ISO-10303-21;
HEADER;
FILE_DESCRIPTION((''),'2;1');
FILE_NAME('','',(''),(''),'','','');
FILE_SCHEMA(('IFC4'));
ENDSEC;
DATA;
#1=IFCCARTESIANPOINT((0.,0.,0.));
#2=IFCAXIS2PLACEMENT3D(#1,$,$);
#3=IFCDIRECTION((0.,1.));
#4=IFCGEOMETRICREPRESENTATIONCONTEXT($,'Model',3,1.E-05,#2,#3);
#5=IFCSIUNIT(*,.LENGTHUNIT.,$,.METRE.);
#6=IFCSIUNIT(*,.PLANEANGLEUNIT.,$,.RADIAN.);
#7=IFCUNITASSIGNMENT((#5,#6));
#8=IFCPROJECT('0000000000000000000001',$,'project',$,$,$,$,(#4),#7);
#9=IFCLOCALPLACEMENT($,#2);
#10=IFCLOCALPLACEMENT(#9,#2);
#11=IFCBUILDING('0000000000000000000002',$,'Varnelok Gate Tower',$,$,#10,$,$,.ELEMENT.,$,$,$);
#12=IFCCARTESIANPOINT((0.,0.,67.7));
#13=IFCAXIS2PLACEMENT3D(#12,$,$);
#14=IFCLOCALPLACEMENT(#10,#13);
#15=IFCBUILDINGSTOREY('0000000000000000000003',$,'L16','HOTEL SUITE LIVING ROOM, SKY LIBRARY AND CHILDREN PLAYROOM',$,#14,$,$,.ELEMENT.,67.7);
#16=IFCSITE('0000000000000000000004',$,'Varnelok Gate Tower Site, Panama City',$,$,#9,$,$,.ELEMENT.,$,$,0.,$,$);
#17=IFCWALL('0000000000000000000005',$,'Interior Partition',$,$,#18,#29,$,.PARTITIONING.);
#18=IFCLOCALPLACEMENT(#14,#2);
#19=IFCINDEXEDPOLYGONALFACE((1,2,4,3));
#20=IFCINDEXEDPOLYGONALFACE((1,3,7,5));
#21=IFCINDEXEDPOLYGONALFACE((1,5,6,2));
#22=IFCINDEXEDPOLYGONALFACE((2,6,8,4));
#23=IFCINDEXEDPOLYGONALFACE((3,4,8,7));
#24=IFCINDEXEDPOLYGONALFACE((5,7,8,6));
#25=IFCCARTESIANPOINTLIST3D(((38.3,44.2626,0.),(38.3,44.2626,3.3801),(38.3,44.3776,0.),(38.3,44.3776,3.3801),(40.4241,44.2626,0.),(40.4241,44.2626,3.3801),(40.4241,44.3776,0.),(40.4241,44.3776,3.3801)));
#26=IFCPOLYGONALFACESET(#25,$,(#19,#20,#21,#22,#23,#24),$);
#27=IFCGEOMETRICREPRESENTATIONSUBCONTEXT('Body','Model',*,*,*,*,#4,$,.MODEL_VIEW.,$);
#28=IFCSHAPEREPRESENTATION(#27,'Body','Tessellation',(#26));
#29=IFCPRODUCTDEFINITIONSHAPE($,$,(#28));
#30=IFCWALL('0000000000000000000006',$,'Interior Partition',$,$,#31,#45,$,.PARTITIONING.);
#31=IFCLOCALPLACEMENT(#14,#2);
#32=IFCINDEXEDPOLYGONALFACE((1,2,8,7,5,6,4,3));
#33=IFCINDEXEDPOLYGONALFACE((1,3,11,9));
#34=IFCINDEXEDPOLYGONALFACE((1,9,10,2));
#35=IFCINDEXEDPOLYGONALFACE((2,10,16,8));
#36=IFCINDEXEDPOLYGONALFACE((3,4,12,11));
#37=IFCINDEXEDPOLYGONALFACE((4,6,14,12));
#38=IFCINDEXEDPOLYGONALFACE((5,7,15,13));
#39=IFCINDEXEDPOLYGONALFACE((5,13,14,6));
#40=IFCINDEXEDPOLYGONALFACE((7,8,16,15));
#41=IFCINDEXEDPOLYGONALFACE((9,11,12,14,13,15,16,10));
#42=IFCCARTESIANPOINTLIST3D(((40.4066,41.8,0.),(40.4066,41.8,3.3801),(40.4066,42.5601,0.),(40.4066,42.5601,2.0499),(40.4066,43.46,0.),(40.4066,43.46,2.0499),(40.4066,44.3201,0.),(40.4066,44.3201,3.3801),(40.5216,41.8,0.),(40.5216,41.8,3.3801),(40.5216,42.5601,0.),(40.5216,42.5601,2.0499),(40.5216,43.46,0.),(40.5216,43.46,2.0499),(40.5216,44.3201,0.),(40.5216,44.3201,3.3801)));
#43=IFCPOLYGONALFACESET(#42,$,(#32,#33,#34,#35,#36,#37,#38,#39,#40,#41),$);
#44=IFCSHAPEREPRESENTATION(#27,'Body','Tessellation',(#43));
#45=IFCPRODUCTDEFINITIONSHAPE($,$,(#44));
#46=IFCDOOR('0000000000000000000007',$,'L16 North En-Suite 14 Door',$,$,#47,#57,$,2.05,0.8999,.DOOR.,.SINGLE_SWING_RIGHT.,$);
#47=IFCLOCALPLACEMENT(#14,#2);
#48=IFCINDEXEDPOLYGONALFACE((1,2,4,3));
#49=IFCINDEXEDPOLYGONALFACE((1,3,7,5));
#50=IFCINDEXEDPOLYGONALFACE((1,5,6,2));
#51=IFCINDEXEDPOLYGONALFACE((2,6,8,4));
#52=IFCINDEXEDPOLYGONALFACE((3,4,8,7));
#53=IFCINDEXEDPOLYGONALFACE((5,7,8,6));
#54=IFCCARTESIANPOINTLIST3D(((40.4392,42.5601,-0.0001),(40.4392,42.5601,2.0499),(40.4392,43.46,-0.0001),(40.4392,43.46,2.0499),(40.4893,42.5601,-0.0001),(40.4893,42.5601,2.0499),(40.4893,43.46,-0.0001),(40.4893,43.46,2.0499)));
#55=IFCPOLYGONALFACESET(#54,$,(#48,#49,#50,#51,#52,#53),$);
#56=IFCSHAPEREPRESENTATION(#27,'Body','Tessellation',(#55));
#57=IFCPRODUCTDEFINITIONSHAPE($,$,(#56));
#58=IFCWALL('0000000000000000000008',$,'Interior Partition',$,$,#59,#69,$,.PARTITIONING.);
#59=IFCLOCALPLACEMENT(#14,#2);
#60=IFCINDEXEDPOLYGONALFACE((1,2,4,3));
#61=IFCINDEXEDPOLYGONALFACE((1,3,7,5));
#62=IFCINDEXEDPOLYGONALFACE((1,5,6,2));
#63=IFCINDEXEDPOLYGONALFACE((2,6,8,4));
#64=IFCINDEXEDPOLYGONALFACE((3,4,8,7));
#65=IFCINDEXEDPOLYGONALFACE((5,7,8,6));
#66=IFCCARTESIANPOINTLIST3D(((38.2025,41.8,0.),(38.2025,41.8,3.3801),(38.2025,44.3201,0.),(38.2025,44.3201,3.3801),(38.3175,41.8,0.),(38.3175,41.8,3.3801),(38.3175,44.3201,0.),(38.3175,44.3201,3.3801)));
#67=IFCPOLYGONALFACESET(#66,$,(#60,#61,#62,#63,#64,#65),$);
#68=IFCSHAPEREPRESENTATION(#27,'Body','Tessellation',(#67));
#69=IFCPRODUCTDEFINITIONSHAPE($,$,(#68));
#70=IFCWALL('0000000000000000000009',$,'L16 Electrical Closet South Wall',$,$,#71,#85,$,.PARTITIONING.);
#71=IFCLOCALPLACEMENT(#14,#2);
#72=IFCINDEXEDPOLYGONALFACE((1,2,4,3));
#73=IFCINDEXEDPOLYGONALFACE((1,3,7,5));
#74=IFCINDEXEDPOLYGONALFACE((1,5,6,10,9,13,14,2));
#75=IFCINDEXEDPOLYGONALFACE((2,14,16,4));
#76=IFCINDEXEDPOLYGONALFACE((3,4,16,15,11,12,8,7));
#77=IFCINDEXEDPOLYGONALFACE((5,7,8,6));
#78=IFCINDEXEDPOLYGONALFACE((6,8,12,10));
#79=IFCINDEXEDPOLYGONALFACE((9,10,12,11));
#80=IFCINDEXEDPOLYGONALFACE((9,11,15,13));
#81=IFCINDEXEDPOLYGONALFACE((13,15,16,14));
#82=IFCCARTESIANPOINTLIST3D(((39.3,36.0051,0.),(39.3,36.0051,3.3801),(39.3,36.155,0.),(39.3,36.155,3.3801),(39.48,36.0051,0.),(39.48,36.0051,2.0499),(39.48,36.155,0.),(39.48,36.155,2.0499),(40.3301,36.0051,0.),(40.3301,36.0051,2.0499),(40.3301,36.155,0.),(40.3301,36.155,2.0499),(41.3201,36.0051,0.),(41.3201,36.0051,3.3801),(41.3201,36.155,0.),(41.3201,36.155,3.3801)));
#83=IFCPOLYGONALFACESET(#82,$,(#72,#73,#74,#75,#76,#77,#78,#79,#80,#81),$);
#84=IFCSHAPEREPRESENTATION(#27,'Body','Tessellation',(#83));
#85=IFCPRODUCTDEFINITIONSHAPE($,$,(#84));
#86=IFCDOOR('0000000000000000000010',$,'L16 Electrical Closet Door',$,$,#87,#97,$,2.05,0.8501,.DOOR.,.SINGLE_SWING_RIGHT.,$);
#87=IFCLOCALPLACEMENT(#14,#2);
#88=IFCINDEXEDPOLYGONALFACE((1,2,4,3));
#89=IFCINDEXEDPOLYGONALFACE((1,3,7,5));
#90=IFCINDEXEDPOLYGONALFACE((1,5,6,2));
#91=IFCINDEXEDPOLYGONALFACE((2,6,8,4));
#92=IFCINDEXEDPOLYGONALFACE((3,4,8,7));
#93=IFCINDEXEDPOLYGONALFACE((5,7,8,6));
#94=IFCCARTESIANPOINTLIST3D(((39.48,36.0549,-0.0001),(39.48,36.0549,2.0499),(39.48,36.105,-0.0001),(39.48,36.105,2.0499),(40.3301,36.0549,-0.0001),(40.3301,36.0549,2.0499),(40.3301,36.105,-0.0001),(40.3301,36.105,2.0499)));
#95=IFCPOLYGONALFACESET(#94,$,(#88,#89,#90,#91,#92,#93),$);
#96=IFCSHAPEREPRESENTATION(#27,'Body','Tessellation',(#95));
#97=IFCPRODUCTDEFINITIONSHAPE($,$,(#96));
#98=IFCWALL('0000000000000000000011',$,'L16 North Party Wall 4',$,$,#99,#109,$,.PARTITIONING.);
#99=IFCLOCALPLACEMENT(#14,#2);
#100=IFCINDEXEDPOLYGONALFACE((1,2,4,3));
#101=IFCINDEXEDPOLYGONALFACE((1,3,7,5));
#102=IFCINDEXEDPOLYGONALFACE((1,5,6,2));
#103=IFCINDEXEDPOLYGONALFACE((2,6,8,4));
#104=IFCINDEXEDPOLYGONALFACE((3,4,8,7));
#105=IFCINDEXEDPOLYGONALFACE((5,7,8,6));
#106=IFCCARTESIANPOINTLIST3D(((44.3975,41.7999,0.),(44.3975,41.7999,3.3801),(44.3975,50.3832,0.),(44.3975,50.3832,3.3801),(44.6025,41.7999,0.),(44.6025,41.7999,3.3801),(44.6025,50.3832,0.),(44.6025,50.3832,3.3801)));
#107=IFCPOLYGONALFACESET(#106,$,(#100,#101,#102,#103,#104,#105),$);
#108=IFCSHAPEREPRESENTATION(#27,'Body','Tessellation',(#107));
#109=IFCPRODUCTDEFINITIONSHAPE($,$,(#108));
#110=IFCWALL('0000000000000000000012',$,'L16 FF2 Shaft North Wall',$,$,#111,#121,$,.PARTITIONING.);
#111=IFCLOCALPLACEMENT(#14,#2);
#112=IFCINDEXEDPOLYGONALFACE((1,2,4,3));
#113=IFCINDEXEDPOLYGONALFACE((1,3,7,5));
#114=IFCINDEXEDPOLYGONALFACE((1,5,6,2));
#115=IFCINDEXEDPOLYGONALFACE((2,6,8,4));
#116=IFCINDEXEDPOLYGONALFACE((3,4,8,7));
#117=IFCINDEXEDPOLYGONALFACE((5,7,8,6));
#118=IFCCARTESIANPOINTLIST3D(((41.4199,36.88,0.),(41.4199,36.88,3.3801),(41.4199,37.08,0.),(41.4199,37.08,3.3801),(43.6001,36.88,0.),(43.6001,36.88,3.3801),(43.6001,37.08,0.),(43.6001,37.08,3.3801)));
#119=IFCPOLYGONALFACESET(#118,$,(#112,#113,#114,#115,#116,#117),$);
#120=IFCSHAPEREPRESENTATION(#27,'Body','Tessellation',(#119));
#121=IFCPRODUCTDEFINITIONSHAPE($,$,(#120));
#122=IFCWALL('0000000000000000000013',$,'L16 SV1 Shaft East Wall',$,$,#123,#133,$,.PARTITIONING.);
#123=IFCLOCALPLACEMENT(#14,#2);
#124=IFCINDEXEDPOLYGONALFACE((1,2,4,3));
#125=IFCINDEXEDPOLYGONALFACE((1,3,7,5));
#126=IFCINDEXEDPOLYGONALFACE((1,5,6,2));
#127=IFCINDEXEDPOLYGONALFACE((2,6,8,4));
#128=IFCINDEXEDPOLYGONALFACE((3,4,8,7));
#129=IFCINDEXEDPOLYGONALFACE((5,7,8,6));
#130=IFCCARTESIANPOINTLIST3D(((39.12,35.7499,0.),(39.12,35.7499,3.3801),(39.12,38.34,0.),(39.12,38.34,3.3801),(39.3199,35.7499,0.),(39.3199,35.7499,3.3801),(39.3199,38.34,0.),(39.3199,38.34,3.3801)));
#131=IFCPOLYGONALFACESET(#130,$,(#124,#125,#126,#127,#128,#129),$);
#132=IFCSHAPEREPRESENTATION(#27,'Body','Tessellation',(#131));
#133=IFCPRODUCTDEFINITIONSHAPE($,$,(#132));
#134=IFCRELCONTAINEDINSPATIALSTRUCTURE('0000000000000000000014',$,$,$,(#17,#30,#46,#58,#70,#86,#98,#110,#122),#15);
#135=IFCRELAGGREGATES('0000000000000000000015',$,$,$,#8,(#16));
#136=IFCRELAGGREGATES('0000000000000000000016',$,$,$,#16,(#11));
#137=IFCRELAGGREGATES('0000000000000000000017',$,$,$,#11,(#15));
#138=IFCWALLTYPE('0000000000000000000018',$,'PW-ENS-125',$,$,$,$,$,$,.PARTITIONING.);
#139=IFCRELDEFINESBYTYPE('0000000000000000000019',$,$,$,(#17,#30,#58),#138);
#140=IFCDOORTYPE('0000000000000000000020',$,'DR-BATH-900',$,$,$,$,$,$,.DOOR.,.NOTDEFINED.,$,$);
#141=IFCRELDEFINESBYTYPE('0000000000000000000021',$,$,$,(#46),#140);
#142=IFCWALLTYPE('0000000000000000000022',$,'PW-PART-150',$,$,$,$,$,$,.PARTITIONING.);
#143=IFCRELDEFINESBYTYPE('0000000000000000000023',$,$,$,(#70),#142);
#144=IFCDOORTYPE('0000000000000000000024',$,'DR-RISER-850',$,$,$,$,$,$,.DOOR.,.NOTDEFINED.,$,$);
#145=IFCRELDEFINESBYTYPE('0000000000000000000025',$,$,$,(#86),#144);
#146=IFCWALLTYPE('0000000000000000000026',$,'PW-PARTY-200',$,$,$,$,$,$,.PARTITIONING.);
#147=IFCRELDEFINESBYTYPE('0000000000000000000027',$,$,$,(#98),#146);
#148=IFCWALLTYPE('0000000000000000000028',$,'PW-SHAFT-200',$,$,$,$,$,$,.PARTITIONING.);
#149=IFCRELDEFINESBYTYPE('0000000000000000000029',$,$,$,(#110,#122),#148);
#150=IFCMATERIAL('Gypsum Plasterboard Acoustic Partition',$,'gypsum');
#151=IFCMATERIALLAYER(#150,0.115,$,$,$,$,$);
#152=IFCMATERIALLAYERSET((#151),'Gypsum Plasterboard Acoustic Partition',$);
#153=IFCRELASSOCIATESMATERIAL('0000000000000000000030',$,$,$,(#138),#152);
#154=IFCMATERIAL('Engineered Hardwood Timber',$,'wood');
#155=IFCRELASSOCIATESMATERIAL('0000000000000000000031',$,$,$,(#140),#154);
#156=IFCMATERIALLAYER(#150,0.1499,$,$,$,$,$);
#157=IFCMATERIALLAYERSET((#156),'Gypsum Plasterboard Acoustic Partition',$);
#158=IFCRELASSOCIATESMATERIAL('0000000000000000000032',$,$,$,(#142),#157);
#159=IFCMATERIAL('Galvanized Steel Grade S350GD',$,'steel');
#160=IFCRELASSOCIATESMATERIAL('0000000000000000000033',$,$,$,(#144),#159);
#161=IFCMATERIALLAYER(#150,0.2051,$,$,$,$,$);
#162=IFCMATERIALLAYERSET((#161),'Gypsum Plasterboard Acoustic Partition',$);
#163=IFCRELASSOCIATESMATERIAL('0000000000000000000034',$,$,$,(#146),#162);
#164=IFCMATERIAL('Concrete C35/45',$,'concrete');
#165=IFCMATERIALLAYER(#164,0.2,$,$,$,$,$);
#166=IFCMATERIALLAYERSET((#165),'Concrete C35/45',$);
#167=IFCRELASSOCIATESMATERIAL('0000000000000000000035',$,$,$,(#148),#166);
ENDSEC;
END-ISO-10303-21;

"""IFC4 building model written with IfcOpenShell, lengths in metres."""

from ifc_helpers import new_model, si_unit, direction, frame, frame_2d, origin, place, context, subcontext, project, spatial, rectangle, extrude, material, layer, layer_set, type_object, element, fill, save


model = new_model("IFC4")

# Units and contexts
model_context = context("Model", 3, precision=1e-05, world=origin(), true_north=direction((0.0, 1.0)))
body_context = subcontext(model_context, "Body", "Model", "MODEL_VIEW")
ifc_project = project(units=[si_unit("LENGTHUNIT", "METRE"), si_unit("PLANEANGLEUNIT", "RADIAN")], contexts=[model_context])

# Site, building, storey
site_placement = place(None, origin())
site = spatial("IfcSite", under=ifc_project, at=site_placement, Name="Varnelok Gate Tower Site, Panama City", CompositionType="ELEMENT", RefElevation=0.0)
building_placement = place(site_placement, origin())
building = spatial("IfcBuilding", under=site, at=building_placement, Name="Varnelok Gate Tower", CompositionType="ELEMENT")
storey_placement = place(building_placement, frame((0.0, 0.0, 67.7)))
storey = spatial("IfcBuildingStorey", under=building, at=storey_placement, Name="L16", Description="HOTEL SUITE LIVING ROOM, SKY LIBRARY AND CHILDREN PLAYROOM", CompositionType="ELEMENT", Elevation=67.7)

# Shared definitions
ifc_material_1 = material(Name="Gypsum Plasterboard Acoustic Partition", Category="gypsum")
ifc_material_2 = material(Name="Engineered Hardwood Timber", Category="wood")

# Wall
ifc_layer_1 = layer(ifc_material_1, 0.115)
ifc_layer_set_1 = layer_set([ifc_layer_1], Name="Gypsum Plasterboard Acoustic Partition")
wall_type_1 = type_object("IfcWallType", Name="PW-ENS-125", PredefinedType="PARTITIONING", material=ifc_layer_set_1)
wall_1_placement = place(storey_placement, frame((38.3, 44.3201, 0.0), z_axis=(0.0, 0.0, 1.0), x_axis=(1.0, 0.0, 0.0)))
element("IfcWall", 1, at=wall_1_placement, inside=storey, type_object=wall_type_1, Name="Interior Partition", PredefinedType="PARTITIONING", context=body_context, shape_type="SweptSolid", body=[
    extrude(rectangle(XDim=2.124, YDim=0.115, at=frame_2d((1.062, 0.0))), origin(), (0.0, 0.0, 1.0), 3.3801),
])

# Wall, opening, door
wall_2_placement = place(storey_placement, frame((40.4641, 41.8, 0.0), z_axis=(0.0, 0.0, 1.0), x_axis=(0.0, 1.0, 0.0)))
wall_2 = element("IfcWall", 2, at=wall_2_placement, inside=storey, type_object=wall_type_1, Name="Interior Partition", PredefinedType="PARTITIONING", context=body_context, shape_type="SweptSolid", body=[
    extrude(rectangle(XDim=2.52, YDim=0.115, at=frame_2d((1.26, 0.0))), origin(), (0.0, 0.0, 1.0), 3.3801),
])
opening_1_placement = place(wall_2_placement, frame((0.76, 0.0, 0.0)))
opening_1 = element("IfcOpeningElement", 3, at=opening_1_placement, cuts=wall_2, PredefinedType="OPENING", context=body_context, shape_type="SweptSolid", body=[
    extrude(rectangle(XDim=0.8999, YDim=2.05, at=frame_2d((0.45, 1.0249))), frame((0.0, 0.0674, 0.0), z_axis=(0.0, -1.0, 0.0), x_axis=(1.0, 0.0, 0.0)), (0.0, 0.0, 1.0), 0.135),
])
door_type_1 = type_object("IfcDoorType", Name="DR-BATH-900", OperationType="NOTDEFINED", PredefinedType="DOOR", material=ifc_material_2)
door_1_placement = place(opening_1_placement, origin())
door_1 = element("IfcDoor", 4, at=door_1_placement, inside=storey, type_object=door_type_1, Name="L16 North En-Suite 14 Door", OperationType="SINGLE_SWING_RIGHT", OverallHeight=2.05, OverallWidth=0.8999, PredefinedType="DOOR", context=body_context, shape_type="SweptSolid", body=[
    extrude(rectangle(XDim=0.8999, YDim=2.05, at=frame_2d((0.45, 1.0249))), frame((0.0, 0.0249, 0.0), z_axis=(0.0, -1.0, 0.0), x_axis=(1.0, 0.0, 0.0)), (0.0, 0.0, 1.0), 0.05),
])
fill(opening_1, door_1)

# Wall
wall_3_placement = place(storey_placement, frame((38.26, 41.8, 0.0), z_axis=(0.0, 0.0, 1.0), x_axis=(0.0, 1.0, 0.0)))
element("IfcWall", 5, at=wall_3_placement, inside=storey, type_object=wall_type_1, Name="Interior Partition", PredefinedType="PARTITIONING", context=body_context, shape_type="SweptSolid", body=[
    extrude(rectangle(XDim=2.52, YDim=0.115, at=frame_2d((1.26, 0.0))), origin(), (0.0, 0.0, 1.0), 3.3801),
])

# Wall, opening, door
ifc_layer_2 = layer(ifc_material_1, 0.1499)
ifc_layer_set_2 = layer_set([ifc_layer_2], Name="Gypsum Plasterboard Acoustic Partition")
wall_type_2 = type_object("IfcWallType", Name="PW-PART-150", PredefinedType="PARTITIONING", material=ifc_layer_set_2)
wall_4_placement = place(storey_placement, frame((39.3, 36.0801, 0.0), z_axis=(0.0, 0.0, 1.0), x_axis=(1.0, 0.0, 0.0)))
wall_4 = element("IfcWall", 6, at=wall_4_placement, inside=storey, type_object=wall_type_2, Name="L16 Electrical Closet South Wall", PredefinedType="PARTITIONING", context=body_context, shape_type="SweptSolid", body=[
    extrude(rectangle(XDim=2.02, YDim=0.1499, at=frame_2d((1.01, 0.0))), origin(), (0.0, 0.0, 1.0), 3.3801),
])
opening_2_placement = place(wall_4_placement, frame((0.1799, 0.0, 0.0)))
opening_2 = element("IfcOpeningElement", 7, at=opening_2_placement, cuts=wall_4, PredefinedType="OPENING", context=body_context, shape_type="SweptSolid", body=[
    extrude(rectangle(XDim=0.8501, YDim=2.05, at=frame_2d((0.425, 1.0249))), frame((0.0, 0.085, 0.0), z_axis=(0.0, -1.0, 0.0), x_axis=(1.0, 0.0, 0.0)), (0.0, 0.0, 1.0), 0.1699),
])
ifc_material_3 = material(Name="Galvanized Steel Grade S350GD", Category="steel")
door_type_2 = type_object("IfcDoorType", Name="DR-RISER-850", OperationType="NOTDEFINED", PredefinedType="DOOR", material=ifc_material_3)
door_2_placement = place(opening_2_placement, origin())
door_2 = element("IfcDoor", 8, at=door_2_placement, inside=storey, type_object=door_type_2, Name="L16 Electrical Closet Door", OperationType="SINGLE_SWING_RIGHT", OverallHeight=2.05, OverallWidth=0.8501, PredefinedType="DOOR", context=body_context, shape_type="SweptSolid", body=[
    extrude(rectangle(XDim=0.8501, YDim=2.05, at=frame_2d((0.425, 1.0249))), frame((0.0, 0.0249, 0.0), z_axis=(0.0, -1.0, 0.0), x_axis=(1.0, 0.0, 0.0)), (0.0, 0.0, 1.0), 0.05),
])
fill(opening_2, door_2)

# Walls
ifc_layer_3 = layer(ifc_material_1, 0.2051)
ifc_layer_set_3 = layer_set([ifc_layer_3], Name="Gypsum Plasterboard Acoustic Partition")
wall_type_3 = type_object("IfcWallType", Name="PW-PARTY-200", PredefinedType="PARTITIONING", material=ifc_layer_set_3)
wall_5_placement = place(storey_placement, frame((44.5, 41.8, 0.0), z_axis=(0.0, 0.0, 1.0), x_axis=(0.0, 1.0, 0.0)))
element("IfcWall", 9, at=wall_5_placement, inside=storey, type_object=wall_type_3, Name="L16 North Party Wall 4", PredefinedType="PARTITIONING", context=body_context, shape_type="SweptSolid", body=[
    extrude(rectangle(XDim=8.5833, YDim=0.2051, at=frame_2d((4.2915, 0.0))), origin(), (0.0, 0.0, 1.0), 3.3801),
])
ifc_material_4 = material(Name="Concrete C35/45", Category="concrete")
ifc_layer_4 = layer(ifc_material_4, 0.2)
ifc_layer_set_4 = layer_set([ifc_layer_4], Name="Concrete C35/45")
wall_type_4 = type_object("IfcWallType", Name="PW-SHAFT-200", PredefinedType="PARTITIONING", material=ifc_layer_set_4)
wall_6_placement = place(storey_placement, frame((41.4199, 36.98, 0.0), z_axis=(0.0, 0.0, 1.0), x_axis=(1.0, 0.0, 0.0)))
element("IfcWall", 10, at=wall_6_placement, inside=storey, type_object=wall_type_4, Name="L16 FF2 Shaft North Wall", PredefinedType="PARTITIONING", context=body_context, shape_type="SweptSolid", body=[
    extrude(rectangle(XDim=2.1802, YDim=0.2, at=frame_2d((1.0901, 0.0))), origin(), (0.0, 0.0, 1.0), 3.3801),
])
wall_7_placement = place(storey_placement, frame((39.22, 35.75, 0.0), z_axis=(0.0, 0.0, 1.0), x_axis=(0.0, 1.0, 0.0)))
element("IfcWall", 11, at=wall_7_placement, inside=storey, type_object=wall_type_4, Name="L16 SV1 Shaft East Wall", PredefinedType="PARTITIONING", context=body_context, shape_type="SweptSolid", body=[
    extrude(rectangle(XDim=2.5901, YDim=0.2, at=frame_2d((1.2949, 0.0))), origin(), (0.0, 0.0, 1.0), 3.3801),
])

save(model, "model.ifc")
